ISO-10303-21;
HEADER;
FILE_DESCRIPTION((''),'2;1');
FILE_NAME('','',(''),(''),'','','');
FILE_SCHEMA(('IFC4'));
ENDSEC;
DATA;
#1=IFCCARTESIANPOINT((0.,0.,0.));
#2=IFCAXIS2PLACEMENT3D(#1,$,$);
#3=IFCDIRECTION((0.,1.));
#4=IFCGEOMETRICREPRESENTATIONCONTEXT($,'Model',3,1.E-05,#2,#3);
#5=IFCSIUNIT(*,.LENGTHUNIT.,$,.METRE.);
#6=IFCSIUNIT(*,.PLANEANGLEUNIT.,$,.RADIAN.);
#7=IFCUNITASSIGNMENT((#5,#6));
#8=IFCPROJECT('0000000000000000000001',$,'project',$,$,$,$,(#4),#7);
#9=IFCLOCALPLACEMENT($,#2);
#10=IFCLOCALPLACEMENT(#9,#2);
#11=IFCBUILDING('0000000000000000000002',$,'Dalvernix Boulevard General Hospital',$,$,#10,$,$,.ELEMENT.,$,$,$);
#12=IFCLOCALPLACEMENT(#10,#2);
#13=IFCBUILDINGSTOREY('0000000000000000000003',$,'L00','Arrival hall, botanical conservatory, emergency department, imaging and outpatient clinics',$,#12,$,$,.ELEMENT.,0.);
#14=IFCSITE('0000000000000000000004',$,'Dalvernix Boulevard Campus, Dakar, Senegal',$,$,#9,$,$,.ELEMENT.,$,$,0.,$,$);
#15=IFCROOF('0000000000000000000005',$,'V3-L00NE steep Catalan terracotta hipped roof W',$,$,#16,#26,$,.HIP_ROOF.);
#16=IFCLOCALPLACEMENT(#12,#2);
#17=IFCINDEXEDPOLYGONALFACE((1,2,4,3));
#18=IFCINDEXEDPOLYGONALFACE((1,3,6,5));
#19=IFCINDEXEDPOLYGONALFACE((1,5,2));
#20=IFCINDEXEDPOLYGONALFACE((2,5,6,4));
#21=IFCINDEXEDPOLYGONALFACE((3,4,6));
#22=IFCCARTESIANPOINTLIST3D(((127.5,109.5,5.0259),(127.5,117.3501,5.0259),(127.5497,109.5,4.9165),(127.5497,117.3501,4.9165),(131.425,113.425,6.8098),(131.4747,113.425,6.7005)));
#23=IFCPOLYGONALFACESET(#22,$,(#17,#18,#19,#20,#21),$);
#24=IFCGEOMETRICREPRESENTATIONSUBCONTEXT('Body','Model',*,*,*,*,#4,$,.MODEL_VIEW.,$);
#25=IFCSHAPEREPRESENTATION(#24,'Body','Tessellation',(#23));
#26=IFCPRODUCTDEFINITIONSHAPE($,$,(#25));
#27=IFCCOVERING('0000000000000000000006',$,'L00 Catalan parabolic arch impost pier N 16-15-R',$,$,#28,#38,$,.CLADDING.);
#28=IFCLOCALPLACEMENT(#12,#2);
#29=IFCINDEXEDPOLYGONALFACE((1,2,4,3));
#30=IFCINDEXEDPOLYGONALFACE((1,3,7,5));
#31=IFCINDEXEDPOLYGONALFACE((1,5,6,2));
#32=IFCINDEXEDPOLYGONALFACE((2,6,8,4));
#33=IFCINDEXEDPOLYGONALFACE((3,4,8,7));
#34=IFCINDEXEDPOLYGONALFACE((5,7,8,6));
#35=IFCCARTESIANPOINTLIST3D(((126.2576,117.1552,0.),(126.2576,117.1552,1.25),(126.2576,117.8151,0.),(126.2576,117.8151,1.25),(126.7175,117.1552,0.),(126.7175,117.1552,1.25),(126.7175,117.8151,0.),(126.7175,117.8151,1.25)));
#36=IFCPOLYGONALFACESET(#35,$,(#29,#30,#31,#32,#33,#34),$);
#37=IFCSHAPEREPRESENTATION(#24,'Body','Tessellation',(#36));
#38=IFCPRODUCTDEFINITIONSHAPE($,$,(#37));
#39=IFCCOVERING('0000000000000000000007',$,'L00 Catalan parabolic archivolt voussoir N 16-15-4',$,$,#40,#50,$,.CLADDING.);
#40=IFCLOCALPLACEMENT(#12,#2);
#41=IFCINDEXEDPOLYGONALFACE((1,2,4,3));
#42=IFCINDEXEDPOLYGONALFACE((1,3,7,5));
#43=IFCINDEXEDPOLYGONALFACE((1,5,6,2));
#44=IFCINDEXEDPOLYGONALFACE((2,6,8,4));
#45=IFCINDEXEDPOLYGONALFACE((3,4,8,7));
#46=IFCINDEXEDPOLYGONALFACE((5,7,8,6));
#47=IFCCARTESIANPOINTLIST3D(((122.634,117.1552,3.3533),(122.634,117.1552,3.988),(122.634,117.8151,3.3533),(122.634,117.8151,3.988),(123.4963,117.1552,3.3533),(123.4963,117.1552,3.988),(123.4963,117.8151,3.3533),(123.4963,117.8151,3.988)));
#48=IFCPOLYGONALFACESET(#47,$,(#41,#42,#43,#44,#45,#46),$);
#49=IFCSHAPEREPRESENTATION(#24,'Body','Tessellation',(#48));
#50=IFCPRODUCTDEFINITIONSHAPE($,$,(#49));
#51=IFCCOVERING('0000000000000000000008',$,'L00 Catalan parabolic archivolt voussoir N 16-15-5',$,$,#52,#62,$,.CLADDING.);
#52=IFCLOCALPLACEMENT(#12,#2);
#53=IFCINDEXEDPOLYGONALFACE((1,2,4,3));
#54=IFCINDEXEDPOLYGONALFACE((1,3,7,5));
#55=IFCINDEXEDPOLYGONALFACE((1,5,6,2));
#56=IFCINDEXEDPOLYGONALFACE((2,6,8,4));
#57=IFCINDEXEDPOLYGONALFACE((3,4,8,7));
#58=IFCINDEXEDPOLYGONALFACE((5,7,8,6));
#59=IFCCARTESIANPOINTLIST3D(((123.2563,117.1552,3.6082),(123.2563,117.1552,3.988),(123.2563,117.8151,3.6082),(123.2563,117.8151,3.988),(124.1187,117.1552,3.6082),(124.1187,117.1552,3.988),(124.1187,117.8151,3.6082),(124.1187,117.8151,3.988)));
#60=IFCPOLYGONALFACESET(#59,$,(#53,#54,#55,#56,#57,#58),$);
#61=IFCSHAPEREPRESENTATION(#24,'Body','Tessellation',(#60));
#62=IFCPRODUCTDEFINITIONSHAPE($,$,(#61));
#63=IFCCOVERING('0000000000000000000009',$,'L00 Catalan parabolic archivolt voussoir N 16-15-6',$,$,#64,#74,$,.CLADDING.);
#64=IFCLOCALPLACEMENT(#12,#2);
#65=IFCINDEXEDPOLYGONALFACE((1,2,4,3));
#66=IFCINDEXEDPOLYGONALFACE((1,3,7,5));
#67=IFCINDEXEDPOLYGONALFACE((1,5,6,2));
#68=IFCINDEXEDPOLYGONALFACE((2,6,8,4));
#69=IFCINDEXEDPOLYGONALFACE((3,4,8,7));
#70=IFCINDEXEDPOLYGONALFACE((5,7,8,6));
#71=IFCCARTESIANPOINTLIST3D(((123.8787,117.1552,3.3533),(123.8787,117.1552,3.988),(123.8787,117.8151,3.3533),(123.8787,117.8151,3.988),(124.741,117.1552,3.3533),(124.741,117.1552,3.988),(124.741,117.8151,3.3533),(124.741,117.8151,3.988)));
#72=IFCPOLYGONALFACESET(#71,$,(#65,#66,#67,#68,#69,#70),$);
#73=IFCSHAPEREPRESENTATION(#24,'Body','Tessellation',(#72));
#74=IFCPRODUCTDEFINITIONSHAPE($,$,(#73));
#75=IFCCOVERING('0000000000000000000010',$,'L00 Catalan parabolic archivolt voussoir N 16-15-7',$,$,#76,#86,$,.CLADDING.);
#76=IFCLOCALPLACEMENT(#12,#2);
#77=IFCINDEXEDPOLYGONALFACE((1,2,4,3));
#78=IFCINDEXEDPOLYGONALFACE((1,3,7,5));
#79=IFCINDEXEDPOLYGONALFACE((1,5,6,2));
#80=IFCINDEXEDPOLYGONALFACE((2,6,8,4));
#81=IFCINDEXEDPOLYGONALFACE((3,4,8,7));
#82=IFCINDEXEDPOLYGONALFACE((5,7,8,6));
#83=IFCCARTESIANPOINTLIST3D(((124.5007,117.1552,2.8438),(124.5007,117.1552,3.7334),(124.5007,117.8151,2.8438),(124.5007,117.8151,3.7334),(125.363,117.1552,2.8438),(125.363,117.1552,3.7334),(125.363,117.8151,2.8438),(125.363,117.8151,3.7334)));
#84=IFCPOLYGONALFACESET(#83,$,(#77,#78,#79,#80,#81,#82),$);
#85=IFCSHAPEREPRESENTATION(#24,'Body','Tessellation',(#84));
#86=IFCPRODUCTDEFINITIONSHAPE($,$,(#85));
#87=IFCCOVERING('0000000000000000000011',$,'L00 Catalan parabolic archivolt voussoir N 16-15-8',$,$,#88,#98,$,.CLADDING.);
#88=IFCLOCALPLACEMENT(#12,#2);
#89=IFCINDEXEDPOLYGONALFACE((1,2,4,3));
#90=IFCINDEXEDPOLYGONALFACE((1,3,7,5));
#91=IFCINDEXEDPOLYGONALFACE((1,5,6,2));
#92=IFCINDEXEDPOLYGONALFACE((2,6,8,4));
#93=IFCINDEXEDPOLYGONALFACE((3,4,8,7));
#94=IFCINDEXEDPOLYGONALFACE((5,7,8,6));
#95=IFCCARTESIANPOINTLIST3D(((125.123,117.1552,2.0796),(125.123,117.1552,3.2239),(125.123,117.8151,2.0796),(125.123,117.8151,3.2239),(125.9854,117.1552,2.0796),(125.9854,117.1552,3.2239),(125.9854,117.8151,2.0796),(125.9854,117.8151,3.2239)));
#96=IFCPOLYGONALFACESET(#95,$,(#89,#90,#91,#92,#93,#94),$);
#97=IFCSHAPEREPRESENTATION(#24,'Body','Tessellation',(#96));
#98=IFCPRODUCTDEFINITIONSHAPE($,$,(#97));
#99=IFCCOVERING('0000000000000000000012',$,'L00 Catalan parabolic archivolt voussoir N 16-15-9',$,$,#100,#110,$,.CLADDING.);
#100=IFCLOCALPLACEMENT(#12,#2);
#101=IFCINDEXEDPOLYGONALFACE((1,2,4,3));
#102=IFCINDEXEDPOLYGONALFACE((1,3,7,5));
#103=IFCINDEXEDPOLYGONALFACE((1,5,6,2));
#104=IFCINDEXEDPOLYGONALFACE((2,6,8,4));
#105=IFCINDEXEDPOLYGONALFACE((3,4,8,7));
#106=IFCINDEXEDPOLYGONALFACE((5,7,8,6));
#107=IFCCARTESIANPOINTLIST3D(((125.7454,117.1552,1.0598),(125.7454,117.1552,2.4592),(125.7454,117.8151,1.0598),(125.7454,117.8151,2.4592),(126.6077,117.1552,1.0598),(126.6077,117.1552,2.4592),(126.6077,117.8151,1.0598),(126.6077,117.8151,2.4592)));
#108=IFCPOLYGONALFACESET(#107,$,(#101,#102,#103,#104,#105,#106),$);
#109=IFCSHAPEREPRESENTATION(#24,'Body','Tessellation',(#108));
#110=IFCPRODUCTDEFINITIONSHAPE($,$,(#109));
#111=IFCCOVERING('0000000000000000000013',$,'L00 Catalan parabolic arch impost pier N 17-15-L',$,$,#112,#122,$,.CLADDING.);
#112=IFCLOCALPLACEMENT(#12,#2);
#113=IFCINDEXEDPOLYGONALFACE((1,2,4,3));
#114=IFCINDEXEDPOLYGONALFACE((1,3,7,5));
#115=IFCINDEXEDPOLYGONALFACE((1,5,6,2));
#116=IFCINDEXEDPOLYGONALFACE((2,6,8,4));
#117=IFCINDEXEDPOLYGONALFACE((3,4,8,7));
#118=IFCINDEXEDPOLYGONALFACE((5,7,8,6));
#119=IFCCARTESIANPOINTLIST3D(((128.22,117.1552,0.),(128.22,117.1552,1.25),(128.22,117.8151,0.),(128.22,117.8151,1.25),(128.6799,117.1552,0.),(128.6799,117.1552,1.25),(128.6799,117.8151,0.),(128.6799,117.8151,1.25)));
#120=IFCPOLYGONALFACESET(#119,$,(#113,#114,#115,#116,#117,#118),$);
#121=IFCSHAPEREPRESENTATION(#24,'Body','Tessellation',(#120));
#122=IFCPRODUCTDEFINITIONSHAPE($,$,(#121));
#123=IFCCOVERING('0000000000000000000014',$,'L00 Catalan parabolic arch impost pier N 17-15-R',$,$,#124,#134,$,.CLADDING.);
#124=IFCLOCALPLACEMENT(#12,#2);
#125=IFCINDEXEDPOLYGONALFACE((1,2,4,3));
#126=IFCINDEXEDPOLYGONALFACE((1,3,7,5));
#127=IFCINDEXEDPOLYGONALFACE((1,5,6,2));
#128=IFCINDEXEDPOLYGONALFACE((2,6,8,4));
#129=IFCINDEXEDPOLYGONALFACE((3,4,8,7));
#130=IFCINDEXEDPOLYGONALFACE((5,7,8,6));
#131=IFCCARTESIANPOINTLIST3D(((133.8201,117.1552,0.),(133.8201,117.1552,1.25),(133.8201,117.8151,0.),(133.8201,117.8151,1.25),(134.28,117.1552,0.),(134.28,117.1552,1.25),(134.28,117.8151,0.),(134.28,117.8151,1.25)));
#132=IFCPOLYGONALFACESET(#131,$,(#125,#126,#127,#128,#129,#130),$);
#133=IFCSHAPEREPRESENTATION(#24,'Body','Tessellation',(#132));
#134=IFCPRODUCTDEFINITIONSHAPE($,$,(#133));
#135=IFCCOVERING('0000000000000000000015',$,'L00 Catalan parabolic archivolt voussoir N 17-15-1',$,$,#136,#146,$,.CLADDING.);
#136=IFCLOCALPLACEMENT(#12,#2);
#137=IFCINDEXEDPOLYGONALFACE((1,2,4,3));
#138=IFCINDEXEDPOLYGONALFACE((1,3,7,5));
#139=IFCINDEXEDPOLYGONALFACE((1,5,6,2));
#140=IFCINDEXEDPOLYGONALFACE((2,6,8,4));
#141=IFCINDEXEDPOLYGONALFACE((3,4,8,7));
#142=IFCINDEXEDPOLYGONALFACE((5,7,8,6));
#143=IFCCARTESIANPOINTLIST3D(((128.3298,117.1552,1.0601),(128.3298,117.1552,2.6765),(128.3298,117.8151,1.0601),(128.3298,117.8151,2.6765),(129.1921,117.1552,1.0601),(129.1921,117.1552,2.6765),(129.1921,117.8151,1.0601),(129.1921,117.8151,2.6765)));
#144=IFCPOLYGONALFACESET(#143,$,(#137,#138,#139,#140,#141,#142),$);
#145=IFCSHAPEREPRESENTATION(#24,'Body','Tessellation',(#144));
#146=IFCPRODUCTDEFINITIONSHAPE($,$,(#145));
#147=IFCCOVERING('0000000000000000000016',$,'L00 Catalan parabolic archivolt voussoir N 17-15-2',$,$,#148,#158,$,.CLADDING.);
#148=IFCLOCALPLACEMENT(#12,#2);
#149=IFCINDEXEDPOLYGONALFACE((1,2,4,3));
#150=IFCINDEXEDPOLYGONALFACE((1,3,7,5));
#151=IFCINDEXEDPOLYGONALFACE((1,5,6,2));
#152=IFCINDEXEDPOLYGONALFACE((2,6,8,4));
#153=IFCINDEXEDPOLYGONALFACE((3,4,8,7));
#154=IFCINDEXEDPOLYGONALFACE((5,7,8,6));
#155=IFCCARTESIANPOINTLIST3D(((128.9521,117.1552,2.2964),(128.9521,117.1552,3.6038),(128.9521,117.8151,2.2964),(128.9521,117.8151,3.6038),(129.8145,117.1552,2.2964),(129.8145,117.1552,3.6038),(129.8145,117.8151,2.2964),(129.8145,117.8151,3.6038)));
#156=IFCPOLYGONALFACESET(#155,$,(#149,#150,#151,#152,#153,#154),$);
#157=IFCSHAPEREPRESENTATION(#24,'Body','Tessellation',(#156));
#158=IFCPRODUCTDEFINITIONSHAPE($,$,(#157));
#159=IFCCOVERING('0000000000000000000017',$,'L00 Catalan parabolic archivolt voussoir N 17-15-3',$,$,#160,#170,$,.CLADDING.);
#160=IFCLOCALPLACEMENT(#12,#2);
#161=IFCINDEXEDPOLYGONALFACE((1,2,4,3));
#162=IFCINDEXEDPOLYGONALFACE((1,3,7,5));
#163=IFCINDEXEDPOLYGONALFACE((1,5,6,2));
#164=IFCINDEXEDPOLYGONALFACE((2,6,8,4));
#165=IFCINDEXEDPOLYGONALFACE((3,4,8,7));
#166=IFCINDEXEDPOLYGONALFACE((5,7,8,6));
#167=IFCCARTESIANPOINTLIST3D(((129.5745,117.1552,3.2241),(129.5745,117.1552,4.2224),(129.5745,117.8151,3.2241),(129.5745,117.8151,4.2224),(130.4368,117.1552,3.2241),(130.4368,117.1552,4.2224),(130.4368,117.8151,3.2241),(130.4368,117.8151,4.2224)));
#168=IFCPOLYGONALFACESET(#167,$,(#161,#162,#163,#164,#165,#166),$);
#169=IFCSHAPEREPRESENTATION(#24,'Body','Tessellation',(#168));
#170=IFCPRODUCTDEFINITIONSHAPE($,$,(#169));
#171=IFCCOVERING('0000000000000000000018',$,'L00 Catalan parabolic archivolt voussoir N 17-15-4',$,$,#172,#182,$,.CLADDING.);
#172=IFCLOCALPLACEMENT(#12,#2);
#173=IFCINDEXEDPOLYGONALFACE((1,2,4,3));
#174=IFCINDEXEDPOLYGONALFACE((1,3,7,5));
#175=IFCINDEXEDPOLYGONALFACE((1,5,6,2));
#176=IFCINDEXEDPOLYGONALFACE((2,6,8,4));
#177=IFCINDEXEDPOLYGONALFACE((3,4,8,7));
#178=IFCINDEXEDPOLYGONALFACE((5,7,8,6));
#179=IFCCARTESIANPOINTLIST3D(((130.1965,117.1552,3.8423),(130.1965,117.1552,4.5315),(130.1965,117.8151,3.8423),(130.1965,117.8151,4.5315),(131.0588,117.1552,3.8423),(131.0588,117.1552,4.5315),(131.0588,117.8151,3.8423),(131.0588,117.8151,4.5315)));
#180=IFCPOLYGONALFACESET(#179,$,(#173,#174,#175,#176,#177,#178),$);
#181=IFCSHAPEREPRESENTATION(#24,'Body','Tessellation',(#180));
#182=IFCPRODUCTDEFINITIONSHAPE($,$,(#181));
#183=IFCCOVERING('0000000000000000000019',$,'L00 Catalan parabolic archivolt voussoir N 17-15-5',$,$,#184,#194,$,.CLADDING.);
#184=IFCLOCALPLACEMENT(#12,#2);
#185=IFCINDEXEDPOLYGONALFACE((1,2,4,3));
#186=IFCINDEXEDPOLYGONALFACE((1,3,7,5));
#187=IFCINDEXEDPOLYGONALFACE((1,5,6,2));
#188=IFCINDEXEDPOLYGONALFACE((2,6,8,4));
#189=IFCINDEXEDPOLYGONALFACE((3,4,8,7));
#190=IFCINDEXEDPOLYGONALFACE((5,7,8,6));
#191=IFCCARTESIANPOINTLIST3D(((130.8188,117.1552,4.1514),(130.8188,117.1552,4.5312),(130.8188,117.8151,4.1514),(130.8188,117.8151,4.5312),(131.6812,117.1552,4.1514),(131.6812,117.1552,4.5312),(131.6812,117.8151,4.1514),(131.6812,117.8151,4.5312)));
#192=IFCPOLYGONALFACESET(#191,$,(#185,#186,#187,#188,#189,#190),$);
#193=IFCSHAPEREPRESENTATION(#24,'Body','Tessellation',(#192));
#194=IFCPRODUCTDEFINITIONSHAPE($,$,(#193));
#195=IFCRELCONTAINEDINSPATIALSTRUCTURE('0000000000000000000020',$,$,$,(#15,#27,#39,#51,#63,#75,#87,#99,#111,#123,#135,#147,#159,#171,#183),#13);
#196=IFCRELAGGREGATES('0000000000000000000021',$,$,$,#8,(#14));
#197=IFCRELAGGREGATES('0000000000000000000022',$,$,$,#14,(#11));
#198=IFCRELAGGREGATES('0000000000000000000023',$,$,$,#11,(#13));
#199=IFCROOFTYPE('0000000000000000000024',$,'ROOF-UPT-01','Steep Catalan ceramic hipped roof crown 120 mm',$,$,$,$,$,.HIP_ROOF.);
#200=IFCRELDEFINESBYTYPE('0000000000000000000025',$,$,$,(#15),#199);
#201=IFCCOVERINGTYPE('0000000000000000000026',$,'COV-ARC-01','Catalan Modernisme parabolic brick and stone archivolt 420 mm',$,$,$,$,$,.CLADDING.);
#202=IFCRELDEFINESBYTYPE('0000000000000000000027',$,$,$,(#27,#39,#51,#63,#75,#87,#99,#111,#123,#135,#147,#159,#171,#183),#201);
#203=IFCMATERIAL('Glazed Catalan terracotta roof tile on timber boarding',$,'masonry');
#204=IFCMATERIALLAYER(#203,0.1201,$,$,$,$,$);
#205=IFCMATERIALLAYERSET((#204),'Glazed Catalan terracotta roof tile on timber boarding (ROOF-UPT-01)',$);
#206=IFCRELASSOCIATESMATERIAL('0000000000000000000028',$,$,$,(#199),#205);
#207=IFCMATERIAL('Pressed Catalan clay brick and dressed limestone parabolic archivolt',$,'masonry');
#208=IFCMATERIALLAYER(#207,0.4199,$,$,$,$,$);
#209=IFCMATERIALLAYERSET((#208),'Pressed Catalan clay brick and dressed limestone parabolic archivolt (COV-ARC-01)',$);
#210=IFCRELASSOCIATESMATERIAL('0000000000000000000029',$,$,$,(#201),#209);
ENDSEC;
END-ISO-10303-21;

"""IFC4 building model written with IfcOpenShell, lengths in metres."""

from ifc_helpers import new_model, si_unit, direction, frame, origin, origin_2d, place, context, subcontext, project, spatial, polyline, rectangle, outline, extrude, material, layer, layer_set, type_object, element, save


model = new_model("IFC4")

# Units and contexts
model_context = context("Model", 3, precision=1e-05, world=origin(), true_north=direction((0.0, 1.0)))
body_context = subcontext(model_context, "Body", "Model", "MODEL_VIEW")
ifc_project = project(units=[si_unit("LENGTHUNIT", "METRE"), si_unit("PLANEANGLEUNIT", "RADIAN")], contexts=[model_context])

# Site, building, storey
site_placement = place(None, origin())
site = spatial("IfcSite", under=ifc_project, at=site_placement, Name="Dalvernix Boulevard Campus, Dakar, Senegal", CompositionType="ELEMENT", RefElevation=0.0)
building_placement = place(site_placement, origin())
building = spatial("IfcBuilding", under=site, at=building_placement, Name="Dalvernix Boulevard General Hospital", CompositionType="ELEMENT")
storey_placement = place(building_placement, origin())
storey = spatial("IfcBuildingStorey", under=building, at=storey_placement, Name="L00", Description="Arrival hall, botanical conservatory, emergency department, imaging and outpatient clinics", CompositionType="ELEMENT", Elevation=0.0)

# Roof
ifc_material_1 = material(Name="Glazed Catalan terracotta roof tile on timber boarding", Category="masonry")
ifc_layer_1 = layer(ifc_material_1, 0.1201)
ifc_layer_set_1 = layer_set([ifc_layer_1], Name="Glazed Catalan terracotta roof tile on timber boarding (ROOF-UPT-01)")
roof_type_1 = type_object("IfcRoofType", Name="ROOF-UPT-01", Description="Steep Catalan ceramic hipped roof crown 120 mm", PredefinedType="HIP_ROOF", material=ifc_layer_set_1)
roof_1_placement = place(storey_placement, frame((127.5, 117.3501, 5.0259), z_axis=(-0.413769, 0.0, 0.910382), x_axis=(0.0, -1.0, 0.0)))
element("IfcRoof", 1, at=roof_1_placement, inside=storey, type_object=roof_type_1, Name="V3-L00NE steep Catalan terracotta hipped roof W", PredefinedType="HIP_ROOF", context=body_context, shape_type="SweptSolid", body=[
    extrude(outline(polyline([(0.0, 0.0), (7.8501, 0.0), (3.925, 4.3114), (0.0, 0.0)])), origin(), (0.0, 0.0, -1.0), 0.1201),
])

# Coverings
ifc_material_2 = material(Name="Pressed Catalan clay brick and dressed limestone parabolic archivolt", Category="masonry")
ifc_layer_2 = layer(ifc_material_2, 0.4199)
ifc_layer_set_2 = layer_set([ifc_layer_2], Name="Pressed Catalan clay brick and dressed limestone parabolic archivolt (COV-ARC-01)")
covering_type_1 = type_object("IfcCoveringType", Name="COV-ARC-01", Description="Catalan Modernisme parabolic brick and stone archivolt 420 mm", PredefinedType="CLADDING", material=ifc_layer_set_2)
covering_1_placement = place(storey_placement, frame((126.4875, 117.4851, 0.0), z_axis=(0.0, 0.0, 1.0), x_axis=(1.0, 0.0, 0.0)))
element("IfcCovering", 2, at=covering_1_placement, inside=storey, type_object=covering_type_1, Name="L00 Catalan parabolic arch impost pier N 16-15-R", PredefinedType="CLADDING", context=body_context, shape_type="SweptSolid", body=[
    extrude(rectangle(XDim=0.46, YDim=0.6599, at=origin_2d()), origin(), (0.0, 0.0, 1.0), 1.25),
])
covering_2_placement = place(storey_placement, frame((123.0652, 117.4851, 3.3533), z_axis=(0.0, 0.0, 1.0), x_axis=(1.0, 0.0, 0.0)))
element("IfcCovering", 3, at=covering_2_placement, inside=storey, type_object=covering_type_1, Name="L00 Catalan parabolic archivolt voussoir N 16-15-4", PredefinedType="CLADDING", context=body_context, shape_type="SweptSolid", body=[
    extrude(rectangle(XDim=0.8623, YDim=0.6599, at=origin_2d()), origin(), (0.0, 0.0, 1.0), 0.6348),
])
covering_3_placement = place(storey_placement, frame((123.6875, 117.4851, 3.6082), z_axis=(0.0, 0.0, 1.0), x_axis=(1.0, 0.0, 0.0)))
element("IfcCovering", 4, at=covering_3_placement, inside=storey, type_object=covering_type_1, Name="L00 Catalan parabolic archivolt voussoir N 16-15-5", PredefinedType="CLADDING", context=body_context, shape_type="SweptSolid", body=[
    extrude(rectangle(XDim=0.8623, YDim=0.6599, at=origin_2d()), origin(), (0.0, 0.0, 1.0), 0.3799),
])
covering_4_placement = place(storey_placement, frame((124.3098, 117.4851, 3.3533), z_axis=(0.0, 0.0, 1.0), x_axis=(1.0, 0.0, 0.0)))
element("IfcCovering", 5, at=covering_4_placement, inside=storey, type_object=covering_type_1, Name="L00 Catalan parabolic archivolt voussoir N 16-15-6", PredefinedType="CLADDING", context=body_context, shape_type="SweptSolid", body=[
    extrude(rectangle(XDim=0.8623, YDim=0.6599, at=origin_2d()), origin(), (0.0, 0.0, 1.0), 0.6348),
])
covering_5_placement = place(storey_placement, frame((124.9319, 117.4851, 2.8438), z_axis=(0.0, 0.0, 1.0), x_axis=(1.0, 0.0, 0.0)))
element("IfcCovering", 6, at=covering_5_placement, inside=storey, type_object=covering_type_1, Name="L00 Catalan parabolic archivolt voussoir N 16-15-7", PredefinedType="CLADDING", context=body_context, shape_type="SweptSolid", body=[
    extrude(rectangle(XDim=0.8623, YDim=0.6599, at=origin_2d()), origin(), (0.0, 0.0, 1.0), 0.8896),
])
covering_6_placement = place(storey_placement, frame((125.5542, 117.4851, 2.0796), z_axis=(0.0, 0.0, 1.0), x_axis=(1.0, 0.0, 0.0)))
element("IfcCovering", 7, at=covering_6_placement, inside=storey, type_object=covering_type_1, Name="L00 Catalan parabolic archivolt voussoir N 16-15-8", PredefinedType="CLADDING", context=body_context, shape_type="SweptSolid", body=[
    extrude(rectangle(XDim=0.8623, YDim=0.6599, at=origin_2d()), origin(), (0.0, 0.0, 1.0), 1.1443),
])
covering_7_placement = place(storey_placement, frame((126.1765, 117.4851, 1.0598), z_axis=(0.0, 0.0, 1.0), x_axis=(1.0, 0.0, 0.0)))
element("IfcCovering", 8, at=covering_7_placement, inside=storey, type_object=covering_type_1, Name="L00 Catalan parabolic archivolt voussoir N 16-15-9", PredefinedType="CLADDING", context=body_context, shape_type="SweptSolid", body=[
    extrude(rectangle(XDim=0.8623, YDim=0.6599, at=origin_2d()), origin(), (0.0, 0.0, 1.0), 1.3994),
])
for number, where, z_axis, x_axis, name in (
    (9, (128.45, 117.4851, 0.0), (0.0, 0.0, 1.0), (1.0, 0.0, 0.0), "L00 Catalan parabolic arch impost pier N 17-15-L"),
    (10, (134.05, 117.4851, 0.0), (0.0, 0.0, 1.0), (1.0, 0.0, 0.0), "L00 Catalan parabolic arch impost pier N 17-15-R"),
):
    element("IfcCovering", number, at=place(storey_placement, frame(where, z_axis=z_axis, x_axis=x_axis)), inside=storey, type_object=covering_type_1, Name=name, PredefinedType="CLADDING", context=body_context, shape_type="SweptSolid", body=[
        extrude(rectangle(XDim=0.46, YDim=0.6599, at=origin_2d()), origin(), (0.0, 0.0, 1.0), 1.25),
    ])
covering_8_placement = place(storey_placement, frame((128.761, 117.4851, 1.0601), z_axis=(0.0, 0.0, 1.0), x_axis=(1.0, 0.0, 0.0)))
element("IfcCovering", 11, at=covering_8_placement, inside=storey, type_object=covering_type_1, Name="L00 Catalan parabolic archivolt voussoir N 17-15-1", PredefinedType="CLADDING", context=body_context, shape_type="SweptSolid", body=[
    extrude(rectangle(XDim=0.8623, YDim=0.6599, at=origin_2d()), origin(), (0.0, 0.0, 1.0), 1.6165),
])
covering_9_placement = place(storey_placement, frame((129.3833, 117.4851, 2.2964), z_axis=(0.0, 0.0, 1.0), x_axis=(1.0, 0.0, 0.0)))
element("IfcCovering", 12, at=covering_9_placement, inside=storey, type_object=covering_type_1, Name="L00 Catalan parabolic archivolt voussoir N 17-15-2", PredefinedType="CLADDING", context=body_context, shape_type="SweptSolid", body=[
    extrude(rectangle(XDim=0.8623, YDim=0.6599, at=origin_2d()), origin(), (0.0, 0.0, 1.0), 1.3074),
])
covering_10_placement = place(storey_placement, frame((130.0056, 117.4851, 3.2241), z_axis=(0.0, 0.0, 1.0), x_axis=(1.0, 0.0, 0.0)))
element("IfcCovering", 13, at=covering_10_placement, inside=storey, type_object=covering_type_1, Name="L00 Catalan parabolic archivolt voussoir N 17-15-3", PredefinedType="CLADDING", context=body_context, shape_type="SweptSolid", body=[
    extrude(rectangle(XDim=0.8623, YDim=0.6599, at=origin_2d()), origin(), (0.0, 0.0, 1.0), 0.9983),
])
covering_11_placement = place(storey_placement, frame((130.6277, 117.4851, 3.8423), z_axis=(0.0, 0.0, 1.0), x_axis=(1.0, 0.0, 0.0)))
element("IfcCovering", 14, at=covering_11_placement, inside=storey, type_object=covering_type_1, Name="L00 Catalan parabolic archivolt voussoir N 17-15-4", PredefinedType="CLADDING", context=body_context, shape_type="SweptSolid", body=[
    extrude(rectangle(XDim=0.8623, YDim=0.6599, at=origin_2d()), origin(), (0.0, 0.0, 1.0), 0.6892),
])
covering_12_placement = place(storey_placement, frame((131.25, 117.4851, 4.1514), z_axis=(0.0, 0.0, 1.0), x_axis=(1.0, 0.0, 0.0)))
element("IfcCovering", 15, at=covering_12_placement, inside=storey, type_object=covering_type_1, Name="L00 Catalan parabolic archivolt voussoir N 17-15-5", PredefinedType="CLADDING", context=body_context, shape_type="SweptSolid", body=[
    extrude(rectangle(XDim=0.8623, YDim=0.6599, at=origin_2d()), origin(), (0.0, 0.0, 1.0), 0.3799),
])

save(model, "model.ifc")
